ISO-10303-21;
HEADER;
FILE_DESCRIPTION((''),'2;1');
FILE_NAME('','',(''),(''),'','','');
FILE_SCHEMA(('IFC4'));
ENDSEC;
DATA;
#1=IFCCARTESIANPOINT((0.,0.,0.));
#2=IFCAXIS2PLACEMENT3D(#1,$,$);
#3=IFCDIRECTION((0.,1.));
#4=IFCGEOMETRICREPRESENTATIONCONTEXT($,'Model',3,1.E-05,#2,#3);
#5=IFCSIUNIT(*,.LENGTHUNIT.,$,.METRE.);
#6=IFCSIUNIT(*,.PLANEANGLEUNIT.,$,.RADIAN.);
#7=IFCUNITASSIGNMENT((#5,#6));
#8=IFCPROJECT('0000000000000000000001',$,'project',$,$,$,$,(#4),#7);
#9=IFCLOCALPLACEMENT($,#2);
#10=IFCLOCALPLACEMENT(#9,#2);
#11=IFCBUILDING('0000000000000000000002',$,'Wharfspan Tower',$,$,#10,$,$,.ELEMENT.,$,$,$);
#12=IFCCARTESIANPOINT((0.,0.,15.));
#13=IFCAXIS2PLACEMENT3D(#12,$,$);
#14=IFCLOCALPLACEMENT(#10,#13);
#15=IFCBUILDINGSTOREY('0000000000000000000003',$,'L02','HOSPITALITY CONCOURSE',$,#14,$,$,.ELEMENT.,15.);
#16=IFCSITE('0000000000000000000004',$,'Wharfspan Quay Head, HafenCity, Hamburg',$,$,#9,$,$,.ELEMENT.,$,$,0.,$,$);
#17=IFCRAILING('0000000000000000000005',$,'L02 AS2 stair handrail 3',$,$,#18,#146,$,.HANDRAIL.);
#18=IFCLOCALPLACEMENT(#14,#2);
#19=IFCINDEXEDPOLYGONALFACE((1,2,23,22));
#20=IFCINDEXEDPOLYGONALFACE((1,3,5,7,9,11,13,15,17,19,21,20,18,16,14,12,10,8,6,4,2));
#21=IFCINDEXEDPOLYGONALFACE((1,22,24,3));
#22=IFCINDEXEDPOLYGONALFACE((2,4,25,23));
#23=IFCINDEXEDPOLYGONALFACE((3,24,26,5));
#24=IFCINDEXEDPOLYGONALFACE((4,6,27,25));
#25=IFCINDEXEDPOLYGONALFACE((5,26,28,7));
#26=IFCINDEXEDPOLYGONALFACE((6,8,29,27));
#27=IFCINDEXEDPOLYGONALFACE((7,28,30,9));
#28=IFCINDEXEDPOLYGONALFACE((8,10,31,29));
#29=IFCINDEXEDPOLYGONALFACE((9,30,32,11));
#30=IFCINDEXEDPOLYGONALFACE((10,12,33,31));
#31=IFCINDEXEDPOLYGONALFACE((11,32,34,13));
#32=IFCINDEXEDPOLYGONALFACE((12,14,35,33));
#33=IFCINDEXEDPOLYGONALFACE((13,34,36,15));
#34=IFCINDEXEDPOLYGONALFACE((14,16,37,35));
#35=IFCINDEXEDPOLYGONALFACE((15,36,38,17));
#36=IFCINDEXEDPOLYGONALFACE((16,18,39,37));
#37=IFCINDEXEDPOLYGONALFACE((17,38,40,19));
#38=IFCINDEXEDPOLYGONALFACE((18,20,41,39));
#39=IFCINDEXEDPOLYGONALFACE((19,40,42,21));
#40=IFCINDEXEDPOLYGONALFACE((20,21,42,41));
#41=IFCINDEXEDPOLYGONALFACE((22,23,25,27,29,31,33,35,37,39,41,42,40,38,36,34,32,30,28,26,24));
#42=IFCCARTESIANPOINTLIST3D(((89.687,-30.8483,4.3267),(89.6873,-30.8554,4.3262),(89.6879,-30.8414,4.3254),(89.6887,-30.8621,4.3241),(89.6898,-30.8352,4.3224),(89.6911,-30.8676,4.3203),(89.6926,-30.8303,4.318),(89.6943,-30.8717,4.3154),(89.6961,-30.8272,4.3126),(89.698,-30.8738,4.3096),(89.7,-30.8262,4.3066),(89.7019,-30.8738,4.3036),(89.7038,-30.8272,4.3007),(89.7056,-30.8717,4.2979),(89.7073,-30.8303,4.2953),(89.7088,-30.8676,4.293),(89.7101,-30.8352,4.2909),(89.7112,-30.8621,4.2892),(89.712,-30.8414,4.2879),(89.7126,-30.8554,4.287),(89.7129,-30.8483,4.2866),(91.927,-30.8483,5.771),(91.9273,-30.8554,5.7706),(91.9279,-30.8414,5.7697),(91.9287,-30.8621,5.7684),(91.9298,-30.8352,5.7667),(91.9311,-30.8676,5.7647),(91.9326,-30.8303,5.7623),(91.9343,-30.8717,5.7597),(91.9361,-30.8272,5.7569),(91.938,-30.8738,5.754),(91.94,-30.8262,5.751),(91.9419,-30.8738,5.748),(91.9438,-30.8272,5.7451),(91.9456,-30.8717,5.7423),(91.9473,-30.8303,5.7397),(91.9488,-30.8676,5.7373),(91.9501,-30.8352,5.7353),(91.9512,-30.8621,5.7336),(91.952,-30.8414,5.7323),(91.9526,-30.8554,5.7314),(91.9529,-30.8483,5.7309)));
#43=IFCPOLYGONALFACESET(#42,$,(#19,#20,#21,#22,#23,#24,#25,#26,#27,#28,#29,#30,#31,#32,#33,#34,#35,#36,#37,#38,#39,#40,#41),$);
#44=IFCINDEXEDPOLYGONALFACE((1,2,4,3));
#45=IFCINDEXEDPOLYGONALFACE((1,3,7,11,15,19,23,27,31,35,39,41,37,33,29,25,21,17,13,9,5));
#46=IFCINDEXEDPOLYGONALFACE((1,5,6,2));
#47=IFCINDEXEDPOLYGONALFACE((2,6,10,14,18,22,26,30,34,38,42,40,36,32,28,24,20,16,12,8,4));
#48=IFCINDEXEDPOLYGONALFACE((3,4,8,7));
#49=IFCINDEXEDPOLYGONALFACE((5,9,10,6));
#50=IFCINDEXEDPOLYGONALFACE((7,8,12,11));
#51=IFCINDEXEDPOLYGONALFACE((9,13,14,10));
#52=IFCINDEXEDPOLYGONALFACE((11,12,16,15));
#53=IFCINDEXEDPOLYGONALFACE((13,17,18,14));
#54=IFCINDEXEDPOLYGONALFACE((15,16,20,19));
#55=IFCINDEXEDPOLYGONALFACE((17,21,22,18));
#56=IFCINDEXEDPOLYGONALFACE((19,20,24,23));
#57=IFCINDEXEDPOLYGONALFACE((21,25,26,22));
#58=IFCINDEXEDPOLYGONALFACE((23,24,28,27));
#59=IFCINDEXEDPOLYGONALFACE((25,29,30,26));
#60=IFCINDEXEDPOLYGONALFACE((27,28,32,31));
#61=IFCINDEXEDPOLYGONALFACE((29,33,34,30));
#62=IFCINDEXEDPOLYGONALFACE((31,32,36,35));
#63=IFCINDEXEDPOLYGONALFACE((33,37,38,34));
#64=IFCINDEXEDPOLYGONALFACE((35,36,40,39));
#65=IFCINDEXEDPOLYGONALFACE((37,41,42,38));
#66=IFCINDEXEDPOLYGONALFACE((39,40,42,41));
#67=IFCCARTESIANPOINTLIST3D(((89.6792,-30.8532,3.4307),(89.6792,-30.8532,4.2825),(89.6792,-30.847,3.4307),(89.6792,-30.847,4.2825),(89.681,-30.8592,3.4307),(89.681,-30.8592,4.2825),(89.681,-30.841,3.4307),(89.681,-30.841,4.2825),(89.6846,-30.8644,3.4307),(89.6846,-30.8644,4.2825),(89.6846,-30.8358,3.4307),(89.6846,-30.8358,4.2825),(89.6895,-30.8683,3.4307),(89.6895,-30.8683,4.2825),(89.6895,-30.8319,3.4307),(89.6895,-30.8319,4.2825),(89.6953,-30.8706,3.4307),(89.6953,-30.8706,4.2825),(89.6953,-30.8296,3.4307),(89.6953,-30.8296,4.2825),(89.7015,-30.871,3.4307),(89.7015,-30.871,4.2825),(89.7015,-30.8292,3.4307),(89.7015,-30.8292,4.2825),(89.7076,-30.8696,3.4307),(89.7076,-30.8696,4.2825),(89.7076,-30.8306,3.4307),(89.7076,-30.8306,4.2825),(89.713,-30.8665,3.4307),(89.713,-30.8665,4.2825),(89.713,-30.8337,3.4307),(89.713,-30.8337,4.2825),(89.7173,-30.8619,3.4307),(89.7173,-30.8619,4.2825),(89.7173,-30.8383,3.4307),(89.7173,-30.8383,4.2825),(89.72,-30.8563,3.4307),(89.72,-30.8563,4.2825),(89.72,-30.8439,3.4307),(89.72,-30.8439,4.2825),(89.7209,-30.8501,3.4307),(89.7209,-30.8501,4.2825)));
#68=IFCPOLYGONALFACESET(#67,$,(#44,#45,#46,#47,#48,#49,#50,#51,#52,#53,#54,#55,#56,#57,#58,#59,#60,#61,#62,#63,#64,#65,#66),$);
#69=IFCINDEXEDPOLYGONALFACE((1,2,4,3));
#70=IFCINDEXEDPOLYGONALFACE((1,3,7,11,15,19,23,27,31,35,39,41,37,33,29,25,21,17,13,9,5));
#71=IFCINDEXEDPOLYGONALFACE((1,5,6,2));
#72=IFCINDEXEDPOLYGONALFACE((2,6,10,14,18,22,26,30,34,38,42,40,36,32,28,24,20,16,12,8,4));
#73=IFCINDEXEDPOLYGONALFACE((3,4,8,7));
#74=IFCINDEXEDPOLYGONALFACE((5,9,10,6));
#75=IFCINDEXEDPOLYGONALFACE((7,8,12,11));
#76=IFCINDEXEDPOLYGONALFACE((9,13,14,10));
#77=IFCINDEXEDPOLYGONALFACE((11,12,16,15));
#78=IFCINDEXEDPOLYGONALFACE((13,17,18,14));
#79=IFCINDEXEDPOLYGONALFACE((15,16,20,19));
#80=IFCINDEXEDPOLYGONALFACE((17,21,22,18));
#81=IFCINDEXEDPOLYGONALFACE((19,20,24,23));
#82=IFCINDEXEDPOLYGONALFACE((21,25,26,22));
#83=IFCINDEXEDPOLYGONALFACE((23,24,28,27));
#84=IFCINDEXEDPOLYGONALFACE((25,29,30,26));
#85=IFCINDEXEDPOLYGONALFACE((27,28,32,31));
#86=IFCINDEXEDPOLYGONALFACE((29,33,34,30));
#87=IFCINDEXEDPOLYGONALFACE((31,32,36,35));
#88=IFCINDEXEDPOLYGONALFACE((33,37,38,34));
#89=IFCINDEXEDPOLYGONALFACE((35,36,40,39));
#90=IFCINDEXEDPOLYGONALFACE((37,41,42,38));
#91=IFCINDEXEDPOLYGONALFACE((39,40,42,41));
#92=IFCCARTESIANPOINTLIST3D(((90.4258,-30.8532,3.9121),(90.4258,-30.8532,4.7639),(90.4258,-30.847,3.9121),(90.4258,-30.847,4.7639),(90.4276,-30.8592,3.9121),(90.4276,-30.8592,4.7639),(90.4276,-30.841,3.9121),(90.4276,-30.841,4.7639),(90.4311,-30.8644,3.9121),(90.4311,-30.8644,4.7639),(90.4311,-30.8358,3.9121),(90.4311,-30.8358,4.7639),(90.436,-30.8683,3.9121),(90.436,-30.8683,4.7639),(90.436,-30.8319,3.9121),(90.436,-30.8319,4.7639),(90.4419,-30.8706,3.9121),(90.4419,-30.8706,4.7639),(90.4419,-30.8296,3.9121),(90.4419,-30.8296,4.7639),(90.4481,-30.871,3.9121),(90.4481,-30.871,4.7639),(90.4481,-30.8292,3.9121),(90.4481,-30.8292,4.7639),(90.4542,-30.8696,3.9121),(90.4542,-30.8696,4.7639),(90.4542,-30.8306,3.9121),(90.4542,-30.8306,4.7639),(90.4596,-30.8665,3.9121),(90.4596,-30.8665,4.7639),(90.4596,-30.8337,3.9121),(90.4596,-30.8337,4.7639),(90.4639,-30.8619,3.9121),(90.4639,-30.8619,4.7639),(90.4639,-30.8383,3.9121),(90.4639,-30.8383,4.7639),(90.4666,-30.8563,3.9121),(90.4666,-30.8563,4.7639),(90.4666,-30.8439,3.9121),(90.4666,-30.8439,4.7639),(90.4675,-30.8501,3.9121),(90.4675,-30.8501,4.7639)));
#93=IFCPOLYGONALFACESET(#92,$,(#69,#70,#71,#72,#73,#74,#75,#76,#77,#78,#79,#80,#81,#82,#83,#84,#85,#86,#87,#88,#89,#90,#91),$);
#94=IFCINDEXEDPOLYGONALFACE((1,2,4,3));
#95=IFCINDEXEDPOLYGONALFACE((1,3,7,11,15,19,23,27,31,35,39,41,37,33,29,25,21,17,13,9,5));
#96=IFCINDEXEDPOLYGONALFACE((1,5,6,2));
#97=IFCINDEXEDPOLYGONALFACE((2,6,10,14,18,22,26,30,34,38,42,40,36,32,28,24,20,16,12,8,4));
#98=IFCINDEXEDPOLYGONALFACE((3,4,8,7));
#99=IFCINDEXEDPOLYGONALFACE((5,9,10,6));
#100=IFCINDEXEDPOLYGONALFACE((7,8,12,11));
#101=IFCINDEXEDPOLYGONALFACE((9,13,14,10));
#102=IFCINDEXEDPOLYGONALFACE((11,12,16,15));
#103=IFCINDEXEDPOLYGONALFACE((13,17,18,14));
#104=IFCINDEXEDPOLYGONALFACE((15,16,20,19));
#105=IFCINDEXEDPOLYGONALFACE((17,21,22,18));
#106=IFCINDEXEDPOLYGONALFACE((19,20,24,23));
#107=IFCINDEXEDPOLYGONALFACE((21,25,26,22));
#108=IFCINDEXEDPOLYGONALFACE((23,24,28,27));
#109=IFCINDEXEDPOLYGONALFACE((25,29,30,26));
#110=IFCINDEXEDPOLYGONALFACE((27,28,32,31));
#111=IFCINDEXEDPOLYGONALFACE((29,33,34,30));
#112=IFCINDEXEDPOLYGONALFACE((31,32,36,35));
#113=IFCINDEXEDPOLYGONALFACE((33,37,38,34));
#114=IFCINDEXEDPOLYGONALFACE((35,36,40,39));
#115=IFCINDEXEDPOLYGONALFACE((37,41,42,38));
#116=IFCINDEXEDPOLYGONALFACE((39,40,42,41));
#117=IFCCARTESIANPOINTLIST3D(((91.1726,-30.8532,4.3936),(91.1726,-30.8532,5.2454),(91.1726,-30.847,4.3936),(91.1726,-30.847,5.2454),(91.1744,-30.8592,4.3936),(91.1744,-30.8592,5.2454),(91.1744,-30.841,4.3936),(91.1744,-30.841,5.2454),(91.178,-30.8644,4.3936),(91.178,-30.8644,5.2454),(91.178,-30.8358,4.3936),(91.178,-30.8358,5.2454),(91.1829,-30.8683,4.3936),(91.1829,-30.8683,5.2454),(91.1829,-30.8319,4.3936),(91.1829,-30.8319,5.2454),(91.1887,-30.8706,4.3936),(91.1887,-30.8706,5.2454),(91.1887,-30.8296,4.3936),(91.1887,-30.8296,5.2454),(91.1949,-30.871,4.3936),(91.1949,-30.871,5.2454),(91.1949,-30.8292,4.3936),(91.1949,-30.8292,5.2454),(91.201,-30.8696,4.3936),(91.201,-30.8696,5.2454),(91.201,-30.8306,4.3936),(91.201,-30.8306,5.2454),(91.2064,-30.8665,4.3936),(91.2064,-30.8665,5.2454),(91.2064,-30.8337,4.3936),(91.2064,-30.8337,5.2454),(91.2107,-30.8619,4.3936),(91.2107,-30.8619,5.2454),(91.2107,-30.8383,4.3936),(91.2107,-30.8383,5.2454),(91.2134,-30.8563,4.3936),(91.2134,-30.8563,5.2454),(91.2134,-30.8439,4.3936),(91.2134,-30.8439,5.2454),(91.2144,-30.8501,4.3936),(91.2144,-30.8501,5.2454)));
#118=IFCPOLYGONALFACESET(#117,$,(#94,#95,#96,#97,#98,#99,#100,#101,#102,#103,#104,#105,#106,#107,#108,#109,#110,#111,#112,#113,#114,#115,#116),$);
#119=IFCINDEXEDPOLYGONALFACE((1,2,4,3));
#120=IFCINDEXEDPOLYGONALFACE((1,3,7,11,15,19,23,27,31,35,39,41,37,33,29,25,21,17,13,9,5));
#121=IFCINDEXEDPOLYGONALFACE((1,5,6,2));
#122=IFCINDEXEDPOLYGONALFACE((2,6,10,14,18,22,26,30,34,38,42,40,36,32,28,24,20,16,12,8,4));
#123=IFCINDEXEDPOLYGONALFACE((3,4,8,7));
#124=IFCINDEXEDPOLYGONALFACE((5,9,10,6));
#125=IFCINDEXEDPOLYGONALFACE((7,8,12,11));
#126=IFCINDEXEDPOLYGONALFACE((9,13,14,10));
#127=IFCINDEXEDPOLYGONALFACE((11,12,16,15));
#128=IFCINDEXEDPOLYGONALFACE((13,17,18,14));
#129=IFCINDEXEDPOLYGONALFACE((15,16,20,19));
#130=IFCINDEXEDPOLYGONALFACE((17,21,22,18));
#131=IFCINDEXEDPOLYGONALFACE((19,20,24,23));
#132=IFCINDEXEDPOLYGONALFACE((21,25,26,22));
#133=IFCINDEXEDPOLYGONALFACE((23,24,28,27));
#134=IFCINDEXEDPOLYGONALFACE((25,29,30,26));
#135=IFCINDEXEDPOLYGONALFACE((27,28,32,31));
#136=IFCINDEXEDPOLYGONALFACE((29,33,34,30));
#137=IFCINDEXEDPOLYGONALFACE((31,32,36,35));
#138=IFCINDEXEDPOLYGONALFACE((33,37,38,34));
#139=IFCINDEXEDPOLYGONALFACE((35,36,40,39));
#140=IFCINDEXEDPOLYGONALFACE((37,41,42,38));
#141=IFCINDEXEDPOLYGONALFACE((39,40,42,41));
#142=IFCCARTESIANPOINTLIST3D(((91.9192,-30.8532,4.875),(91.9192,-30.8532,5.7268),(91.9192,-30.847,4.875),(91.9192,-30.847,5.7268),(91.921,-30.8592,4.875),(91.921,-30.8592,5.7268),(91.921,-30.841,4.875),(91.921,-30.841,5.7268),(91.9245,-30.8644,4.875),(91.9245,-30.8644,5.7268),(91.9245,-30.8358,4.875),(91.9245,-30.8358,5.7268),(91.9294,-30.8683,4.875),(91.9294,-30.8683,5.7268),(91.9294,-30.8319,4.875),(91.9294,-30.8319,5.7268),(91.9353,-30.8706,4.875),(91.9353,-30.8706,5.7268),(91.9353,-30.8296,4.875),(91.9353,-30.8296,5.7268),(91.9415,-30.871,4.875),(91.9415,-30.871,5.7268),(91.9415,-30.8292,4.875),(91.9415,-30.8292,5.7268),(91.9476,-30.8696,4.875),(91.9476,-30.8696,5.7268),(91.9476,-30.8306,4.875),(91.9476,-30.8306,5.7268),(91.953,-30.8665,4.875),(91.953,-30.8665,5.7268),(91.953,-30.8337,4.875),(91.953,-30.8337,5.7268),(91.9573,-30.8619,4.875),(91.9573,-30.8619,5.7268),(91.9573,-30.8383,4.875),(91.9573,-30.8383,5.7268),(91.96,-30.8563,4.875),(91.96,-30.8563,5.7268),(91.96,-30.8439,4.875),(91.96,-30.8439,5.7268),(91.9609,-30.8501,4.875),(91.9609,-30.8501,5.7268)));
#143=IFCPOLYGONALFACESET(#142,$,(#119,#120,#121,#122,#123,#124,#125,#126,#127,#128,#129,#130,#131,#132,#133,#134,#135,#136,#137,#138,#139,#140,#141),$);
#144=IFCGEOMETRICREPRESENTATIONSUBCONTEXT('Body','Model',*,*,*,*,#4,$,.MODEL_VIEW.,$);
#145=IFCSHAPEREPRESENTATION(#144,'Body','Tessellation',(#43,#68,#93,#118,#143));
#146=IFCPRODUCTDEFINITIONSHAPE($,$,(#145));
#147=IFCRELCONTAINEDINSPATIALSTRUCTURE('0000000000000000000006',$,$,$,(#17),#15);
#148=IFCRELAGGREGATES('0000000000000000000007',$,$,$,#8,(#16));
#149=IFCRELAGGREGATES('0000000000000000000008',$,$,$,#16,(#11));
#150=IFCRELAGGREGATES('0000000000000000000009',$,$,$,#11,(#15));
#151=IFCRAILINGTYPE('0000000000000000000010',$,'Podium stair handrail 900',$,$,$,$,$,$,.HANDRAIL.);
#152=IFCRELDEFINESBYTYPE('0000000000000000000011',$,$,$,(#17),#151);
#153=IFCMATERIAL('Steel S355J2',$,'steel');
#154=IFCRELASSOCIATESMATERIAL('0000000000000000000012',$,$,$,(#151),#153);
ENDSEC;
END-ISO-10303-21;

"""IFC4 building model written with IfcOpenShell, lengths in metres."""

from ifc_helpers import new_model, si_unit, direction, frame, origin, origin_2d, place, context, subcontext, project, spatial, circle, extrude, material, type_object, element, save


model = new_model("IFC4")

# Units and contexts
model_context = context("Model", 3, precision=1e-05, world=origin(), true_north=direction((0.0, 1.0)))
body_context = subcontext(model_context, "Body", "Model", "MODEL_VIEW")
ifc_project = project(units=[si_unit("LENGTHUNIT", "METRE"), si_unit("PLANEANGLEUNIT", "RADIAN")], contexts=[model_context])

# Site, building, storey
site_placement = place(None, origin())
site = spatial("IfcSite", under=ifc_project, at=site_placement, Name="Wharfspan Quay Head, HafenCity, Hamburg", CompositionType="ELEMENT", RefElevation=0.0)
building_placement = place(site_placement, origin())
building = spatial("IfcBuilding", under=site, at=building_placement, Name="Wharfspan Tower", CompositionType="ELEMENT")
storey_placement = place(building_placement, frame((0.0, 0.0, 15.0)))
storey = spatial("IfcBuildingStorey", under=building, at=storey_placement, Name="L02", Description="HOSPITALITY CONCOURSE", CompositionType="ELEMENT", Elevation=15.0)

# Railing
ifc_material_1 = material(Name="Steel S355J2", Category="steel")
railing_type_1 = type_object("IfcRailingType", Name="Podium stair handrail 900", PredefinedType="HANDRAIL", material=ifc_material_1)
railing_1_placement = place(storey_placement, frame((89.7, -30.8501, 3.4307)))
element("IfcRailing", 1, at=railing_1_placement, inside=storey, type_object=railing_type_1, Name="L02 AS2 stair handrail 3", PredefinedType="HANDRAIL", context=body_context, shape_type="SweptSolid", body=[
    extrude(circle(Radius=0.0239, at=origin_2d()), frame((0.0, 0.0, 0.876), z_axis=(0.840437, 0.0, 0.54191), x_axis=(0.0, 1.0, 0.0)), (0.0, 0.0, 1.0), 2.6653),
    extrude(circle(Radius=0.021, at=origin_2d()), origin(), (0.0, 0.0, 1.0), 0.8518),
    extrude(circle(Radius=0.021, at=origin_2d()), frame((0.7466, 0.0, 0.4814)), (0.0, 0.0, 1.0), 0.8518),
    extrude(circle(Radius=0.021, at=origin_2d()), frame((1.4934, 0.0, 0.9629)), (0.0, 0.0, 1.0), 0.8518),
    extrude(circle(Radius=0.021, at=origin_2d()), frame((2.24, 0.0, 1.4443)), (0.0, 0.0, 1.0), 0.8518),
])

save(model, "model.ifc")
